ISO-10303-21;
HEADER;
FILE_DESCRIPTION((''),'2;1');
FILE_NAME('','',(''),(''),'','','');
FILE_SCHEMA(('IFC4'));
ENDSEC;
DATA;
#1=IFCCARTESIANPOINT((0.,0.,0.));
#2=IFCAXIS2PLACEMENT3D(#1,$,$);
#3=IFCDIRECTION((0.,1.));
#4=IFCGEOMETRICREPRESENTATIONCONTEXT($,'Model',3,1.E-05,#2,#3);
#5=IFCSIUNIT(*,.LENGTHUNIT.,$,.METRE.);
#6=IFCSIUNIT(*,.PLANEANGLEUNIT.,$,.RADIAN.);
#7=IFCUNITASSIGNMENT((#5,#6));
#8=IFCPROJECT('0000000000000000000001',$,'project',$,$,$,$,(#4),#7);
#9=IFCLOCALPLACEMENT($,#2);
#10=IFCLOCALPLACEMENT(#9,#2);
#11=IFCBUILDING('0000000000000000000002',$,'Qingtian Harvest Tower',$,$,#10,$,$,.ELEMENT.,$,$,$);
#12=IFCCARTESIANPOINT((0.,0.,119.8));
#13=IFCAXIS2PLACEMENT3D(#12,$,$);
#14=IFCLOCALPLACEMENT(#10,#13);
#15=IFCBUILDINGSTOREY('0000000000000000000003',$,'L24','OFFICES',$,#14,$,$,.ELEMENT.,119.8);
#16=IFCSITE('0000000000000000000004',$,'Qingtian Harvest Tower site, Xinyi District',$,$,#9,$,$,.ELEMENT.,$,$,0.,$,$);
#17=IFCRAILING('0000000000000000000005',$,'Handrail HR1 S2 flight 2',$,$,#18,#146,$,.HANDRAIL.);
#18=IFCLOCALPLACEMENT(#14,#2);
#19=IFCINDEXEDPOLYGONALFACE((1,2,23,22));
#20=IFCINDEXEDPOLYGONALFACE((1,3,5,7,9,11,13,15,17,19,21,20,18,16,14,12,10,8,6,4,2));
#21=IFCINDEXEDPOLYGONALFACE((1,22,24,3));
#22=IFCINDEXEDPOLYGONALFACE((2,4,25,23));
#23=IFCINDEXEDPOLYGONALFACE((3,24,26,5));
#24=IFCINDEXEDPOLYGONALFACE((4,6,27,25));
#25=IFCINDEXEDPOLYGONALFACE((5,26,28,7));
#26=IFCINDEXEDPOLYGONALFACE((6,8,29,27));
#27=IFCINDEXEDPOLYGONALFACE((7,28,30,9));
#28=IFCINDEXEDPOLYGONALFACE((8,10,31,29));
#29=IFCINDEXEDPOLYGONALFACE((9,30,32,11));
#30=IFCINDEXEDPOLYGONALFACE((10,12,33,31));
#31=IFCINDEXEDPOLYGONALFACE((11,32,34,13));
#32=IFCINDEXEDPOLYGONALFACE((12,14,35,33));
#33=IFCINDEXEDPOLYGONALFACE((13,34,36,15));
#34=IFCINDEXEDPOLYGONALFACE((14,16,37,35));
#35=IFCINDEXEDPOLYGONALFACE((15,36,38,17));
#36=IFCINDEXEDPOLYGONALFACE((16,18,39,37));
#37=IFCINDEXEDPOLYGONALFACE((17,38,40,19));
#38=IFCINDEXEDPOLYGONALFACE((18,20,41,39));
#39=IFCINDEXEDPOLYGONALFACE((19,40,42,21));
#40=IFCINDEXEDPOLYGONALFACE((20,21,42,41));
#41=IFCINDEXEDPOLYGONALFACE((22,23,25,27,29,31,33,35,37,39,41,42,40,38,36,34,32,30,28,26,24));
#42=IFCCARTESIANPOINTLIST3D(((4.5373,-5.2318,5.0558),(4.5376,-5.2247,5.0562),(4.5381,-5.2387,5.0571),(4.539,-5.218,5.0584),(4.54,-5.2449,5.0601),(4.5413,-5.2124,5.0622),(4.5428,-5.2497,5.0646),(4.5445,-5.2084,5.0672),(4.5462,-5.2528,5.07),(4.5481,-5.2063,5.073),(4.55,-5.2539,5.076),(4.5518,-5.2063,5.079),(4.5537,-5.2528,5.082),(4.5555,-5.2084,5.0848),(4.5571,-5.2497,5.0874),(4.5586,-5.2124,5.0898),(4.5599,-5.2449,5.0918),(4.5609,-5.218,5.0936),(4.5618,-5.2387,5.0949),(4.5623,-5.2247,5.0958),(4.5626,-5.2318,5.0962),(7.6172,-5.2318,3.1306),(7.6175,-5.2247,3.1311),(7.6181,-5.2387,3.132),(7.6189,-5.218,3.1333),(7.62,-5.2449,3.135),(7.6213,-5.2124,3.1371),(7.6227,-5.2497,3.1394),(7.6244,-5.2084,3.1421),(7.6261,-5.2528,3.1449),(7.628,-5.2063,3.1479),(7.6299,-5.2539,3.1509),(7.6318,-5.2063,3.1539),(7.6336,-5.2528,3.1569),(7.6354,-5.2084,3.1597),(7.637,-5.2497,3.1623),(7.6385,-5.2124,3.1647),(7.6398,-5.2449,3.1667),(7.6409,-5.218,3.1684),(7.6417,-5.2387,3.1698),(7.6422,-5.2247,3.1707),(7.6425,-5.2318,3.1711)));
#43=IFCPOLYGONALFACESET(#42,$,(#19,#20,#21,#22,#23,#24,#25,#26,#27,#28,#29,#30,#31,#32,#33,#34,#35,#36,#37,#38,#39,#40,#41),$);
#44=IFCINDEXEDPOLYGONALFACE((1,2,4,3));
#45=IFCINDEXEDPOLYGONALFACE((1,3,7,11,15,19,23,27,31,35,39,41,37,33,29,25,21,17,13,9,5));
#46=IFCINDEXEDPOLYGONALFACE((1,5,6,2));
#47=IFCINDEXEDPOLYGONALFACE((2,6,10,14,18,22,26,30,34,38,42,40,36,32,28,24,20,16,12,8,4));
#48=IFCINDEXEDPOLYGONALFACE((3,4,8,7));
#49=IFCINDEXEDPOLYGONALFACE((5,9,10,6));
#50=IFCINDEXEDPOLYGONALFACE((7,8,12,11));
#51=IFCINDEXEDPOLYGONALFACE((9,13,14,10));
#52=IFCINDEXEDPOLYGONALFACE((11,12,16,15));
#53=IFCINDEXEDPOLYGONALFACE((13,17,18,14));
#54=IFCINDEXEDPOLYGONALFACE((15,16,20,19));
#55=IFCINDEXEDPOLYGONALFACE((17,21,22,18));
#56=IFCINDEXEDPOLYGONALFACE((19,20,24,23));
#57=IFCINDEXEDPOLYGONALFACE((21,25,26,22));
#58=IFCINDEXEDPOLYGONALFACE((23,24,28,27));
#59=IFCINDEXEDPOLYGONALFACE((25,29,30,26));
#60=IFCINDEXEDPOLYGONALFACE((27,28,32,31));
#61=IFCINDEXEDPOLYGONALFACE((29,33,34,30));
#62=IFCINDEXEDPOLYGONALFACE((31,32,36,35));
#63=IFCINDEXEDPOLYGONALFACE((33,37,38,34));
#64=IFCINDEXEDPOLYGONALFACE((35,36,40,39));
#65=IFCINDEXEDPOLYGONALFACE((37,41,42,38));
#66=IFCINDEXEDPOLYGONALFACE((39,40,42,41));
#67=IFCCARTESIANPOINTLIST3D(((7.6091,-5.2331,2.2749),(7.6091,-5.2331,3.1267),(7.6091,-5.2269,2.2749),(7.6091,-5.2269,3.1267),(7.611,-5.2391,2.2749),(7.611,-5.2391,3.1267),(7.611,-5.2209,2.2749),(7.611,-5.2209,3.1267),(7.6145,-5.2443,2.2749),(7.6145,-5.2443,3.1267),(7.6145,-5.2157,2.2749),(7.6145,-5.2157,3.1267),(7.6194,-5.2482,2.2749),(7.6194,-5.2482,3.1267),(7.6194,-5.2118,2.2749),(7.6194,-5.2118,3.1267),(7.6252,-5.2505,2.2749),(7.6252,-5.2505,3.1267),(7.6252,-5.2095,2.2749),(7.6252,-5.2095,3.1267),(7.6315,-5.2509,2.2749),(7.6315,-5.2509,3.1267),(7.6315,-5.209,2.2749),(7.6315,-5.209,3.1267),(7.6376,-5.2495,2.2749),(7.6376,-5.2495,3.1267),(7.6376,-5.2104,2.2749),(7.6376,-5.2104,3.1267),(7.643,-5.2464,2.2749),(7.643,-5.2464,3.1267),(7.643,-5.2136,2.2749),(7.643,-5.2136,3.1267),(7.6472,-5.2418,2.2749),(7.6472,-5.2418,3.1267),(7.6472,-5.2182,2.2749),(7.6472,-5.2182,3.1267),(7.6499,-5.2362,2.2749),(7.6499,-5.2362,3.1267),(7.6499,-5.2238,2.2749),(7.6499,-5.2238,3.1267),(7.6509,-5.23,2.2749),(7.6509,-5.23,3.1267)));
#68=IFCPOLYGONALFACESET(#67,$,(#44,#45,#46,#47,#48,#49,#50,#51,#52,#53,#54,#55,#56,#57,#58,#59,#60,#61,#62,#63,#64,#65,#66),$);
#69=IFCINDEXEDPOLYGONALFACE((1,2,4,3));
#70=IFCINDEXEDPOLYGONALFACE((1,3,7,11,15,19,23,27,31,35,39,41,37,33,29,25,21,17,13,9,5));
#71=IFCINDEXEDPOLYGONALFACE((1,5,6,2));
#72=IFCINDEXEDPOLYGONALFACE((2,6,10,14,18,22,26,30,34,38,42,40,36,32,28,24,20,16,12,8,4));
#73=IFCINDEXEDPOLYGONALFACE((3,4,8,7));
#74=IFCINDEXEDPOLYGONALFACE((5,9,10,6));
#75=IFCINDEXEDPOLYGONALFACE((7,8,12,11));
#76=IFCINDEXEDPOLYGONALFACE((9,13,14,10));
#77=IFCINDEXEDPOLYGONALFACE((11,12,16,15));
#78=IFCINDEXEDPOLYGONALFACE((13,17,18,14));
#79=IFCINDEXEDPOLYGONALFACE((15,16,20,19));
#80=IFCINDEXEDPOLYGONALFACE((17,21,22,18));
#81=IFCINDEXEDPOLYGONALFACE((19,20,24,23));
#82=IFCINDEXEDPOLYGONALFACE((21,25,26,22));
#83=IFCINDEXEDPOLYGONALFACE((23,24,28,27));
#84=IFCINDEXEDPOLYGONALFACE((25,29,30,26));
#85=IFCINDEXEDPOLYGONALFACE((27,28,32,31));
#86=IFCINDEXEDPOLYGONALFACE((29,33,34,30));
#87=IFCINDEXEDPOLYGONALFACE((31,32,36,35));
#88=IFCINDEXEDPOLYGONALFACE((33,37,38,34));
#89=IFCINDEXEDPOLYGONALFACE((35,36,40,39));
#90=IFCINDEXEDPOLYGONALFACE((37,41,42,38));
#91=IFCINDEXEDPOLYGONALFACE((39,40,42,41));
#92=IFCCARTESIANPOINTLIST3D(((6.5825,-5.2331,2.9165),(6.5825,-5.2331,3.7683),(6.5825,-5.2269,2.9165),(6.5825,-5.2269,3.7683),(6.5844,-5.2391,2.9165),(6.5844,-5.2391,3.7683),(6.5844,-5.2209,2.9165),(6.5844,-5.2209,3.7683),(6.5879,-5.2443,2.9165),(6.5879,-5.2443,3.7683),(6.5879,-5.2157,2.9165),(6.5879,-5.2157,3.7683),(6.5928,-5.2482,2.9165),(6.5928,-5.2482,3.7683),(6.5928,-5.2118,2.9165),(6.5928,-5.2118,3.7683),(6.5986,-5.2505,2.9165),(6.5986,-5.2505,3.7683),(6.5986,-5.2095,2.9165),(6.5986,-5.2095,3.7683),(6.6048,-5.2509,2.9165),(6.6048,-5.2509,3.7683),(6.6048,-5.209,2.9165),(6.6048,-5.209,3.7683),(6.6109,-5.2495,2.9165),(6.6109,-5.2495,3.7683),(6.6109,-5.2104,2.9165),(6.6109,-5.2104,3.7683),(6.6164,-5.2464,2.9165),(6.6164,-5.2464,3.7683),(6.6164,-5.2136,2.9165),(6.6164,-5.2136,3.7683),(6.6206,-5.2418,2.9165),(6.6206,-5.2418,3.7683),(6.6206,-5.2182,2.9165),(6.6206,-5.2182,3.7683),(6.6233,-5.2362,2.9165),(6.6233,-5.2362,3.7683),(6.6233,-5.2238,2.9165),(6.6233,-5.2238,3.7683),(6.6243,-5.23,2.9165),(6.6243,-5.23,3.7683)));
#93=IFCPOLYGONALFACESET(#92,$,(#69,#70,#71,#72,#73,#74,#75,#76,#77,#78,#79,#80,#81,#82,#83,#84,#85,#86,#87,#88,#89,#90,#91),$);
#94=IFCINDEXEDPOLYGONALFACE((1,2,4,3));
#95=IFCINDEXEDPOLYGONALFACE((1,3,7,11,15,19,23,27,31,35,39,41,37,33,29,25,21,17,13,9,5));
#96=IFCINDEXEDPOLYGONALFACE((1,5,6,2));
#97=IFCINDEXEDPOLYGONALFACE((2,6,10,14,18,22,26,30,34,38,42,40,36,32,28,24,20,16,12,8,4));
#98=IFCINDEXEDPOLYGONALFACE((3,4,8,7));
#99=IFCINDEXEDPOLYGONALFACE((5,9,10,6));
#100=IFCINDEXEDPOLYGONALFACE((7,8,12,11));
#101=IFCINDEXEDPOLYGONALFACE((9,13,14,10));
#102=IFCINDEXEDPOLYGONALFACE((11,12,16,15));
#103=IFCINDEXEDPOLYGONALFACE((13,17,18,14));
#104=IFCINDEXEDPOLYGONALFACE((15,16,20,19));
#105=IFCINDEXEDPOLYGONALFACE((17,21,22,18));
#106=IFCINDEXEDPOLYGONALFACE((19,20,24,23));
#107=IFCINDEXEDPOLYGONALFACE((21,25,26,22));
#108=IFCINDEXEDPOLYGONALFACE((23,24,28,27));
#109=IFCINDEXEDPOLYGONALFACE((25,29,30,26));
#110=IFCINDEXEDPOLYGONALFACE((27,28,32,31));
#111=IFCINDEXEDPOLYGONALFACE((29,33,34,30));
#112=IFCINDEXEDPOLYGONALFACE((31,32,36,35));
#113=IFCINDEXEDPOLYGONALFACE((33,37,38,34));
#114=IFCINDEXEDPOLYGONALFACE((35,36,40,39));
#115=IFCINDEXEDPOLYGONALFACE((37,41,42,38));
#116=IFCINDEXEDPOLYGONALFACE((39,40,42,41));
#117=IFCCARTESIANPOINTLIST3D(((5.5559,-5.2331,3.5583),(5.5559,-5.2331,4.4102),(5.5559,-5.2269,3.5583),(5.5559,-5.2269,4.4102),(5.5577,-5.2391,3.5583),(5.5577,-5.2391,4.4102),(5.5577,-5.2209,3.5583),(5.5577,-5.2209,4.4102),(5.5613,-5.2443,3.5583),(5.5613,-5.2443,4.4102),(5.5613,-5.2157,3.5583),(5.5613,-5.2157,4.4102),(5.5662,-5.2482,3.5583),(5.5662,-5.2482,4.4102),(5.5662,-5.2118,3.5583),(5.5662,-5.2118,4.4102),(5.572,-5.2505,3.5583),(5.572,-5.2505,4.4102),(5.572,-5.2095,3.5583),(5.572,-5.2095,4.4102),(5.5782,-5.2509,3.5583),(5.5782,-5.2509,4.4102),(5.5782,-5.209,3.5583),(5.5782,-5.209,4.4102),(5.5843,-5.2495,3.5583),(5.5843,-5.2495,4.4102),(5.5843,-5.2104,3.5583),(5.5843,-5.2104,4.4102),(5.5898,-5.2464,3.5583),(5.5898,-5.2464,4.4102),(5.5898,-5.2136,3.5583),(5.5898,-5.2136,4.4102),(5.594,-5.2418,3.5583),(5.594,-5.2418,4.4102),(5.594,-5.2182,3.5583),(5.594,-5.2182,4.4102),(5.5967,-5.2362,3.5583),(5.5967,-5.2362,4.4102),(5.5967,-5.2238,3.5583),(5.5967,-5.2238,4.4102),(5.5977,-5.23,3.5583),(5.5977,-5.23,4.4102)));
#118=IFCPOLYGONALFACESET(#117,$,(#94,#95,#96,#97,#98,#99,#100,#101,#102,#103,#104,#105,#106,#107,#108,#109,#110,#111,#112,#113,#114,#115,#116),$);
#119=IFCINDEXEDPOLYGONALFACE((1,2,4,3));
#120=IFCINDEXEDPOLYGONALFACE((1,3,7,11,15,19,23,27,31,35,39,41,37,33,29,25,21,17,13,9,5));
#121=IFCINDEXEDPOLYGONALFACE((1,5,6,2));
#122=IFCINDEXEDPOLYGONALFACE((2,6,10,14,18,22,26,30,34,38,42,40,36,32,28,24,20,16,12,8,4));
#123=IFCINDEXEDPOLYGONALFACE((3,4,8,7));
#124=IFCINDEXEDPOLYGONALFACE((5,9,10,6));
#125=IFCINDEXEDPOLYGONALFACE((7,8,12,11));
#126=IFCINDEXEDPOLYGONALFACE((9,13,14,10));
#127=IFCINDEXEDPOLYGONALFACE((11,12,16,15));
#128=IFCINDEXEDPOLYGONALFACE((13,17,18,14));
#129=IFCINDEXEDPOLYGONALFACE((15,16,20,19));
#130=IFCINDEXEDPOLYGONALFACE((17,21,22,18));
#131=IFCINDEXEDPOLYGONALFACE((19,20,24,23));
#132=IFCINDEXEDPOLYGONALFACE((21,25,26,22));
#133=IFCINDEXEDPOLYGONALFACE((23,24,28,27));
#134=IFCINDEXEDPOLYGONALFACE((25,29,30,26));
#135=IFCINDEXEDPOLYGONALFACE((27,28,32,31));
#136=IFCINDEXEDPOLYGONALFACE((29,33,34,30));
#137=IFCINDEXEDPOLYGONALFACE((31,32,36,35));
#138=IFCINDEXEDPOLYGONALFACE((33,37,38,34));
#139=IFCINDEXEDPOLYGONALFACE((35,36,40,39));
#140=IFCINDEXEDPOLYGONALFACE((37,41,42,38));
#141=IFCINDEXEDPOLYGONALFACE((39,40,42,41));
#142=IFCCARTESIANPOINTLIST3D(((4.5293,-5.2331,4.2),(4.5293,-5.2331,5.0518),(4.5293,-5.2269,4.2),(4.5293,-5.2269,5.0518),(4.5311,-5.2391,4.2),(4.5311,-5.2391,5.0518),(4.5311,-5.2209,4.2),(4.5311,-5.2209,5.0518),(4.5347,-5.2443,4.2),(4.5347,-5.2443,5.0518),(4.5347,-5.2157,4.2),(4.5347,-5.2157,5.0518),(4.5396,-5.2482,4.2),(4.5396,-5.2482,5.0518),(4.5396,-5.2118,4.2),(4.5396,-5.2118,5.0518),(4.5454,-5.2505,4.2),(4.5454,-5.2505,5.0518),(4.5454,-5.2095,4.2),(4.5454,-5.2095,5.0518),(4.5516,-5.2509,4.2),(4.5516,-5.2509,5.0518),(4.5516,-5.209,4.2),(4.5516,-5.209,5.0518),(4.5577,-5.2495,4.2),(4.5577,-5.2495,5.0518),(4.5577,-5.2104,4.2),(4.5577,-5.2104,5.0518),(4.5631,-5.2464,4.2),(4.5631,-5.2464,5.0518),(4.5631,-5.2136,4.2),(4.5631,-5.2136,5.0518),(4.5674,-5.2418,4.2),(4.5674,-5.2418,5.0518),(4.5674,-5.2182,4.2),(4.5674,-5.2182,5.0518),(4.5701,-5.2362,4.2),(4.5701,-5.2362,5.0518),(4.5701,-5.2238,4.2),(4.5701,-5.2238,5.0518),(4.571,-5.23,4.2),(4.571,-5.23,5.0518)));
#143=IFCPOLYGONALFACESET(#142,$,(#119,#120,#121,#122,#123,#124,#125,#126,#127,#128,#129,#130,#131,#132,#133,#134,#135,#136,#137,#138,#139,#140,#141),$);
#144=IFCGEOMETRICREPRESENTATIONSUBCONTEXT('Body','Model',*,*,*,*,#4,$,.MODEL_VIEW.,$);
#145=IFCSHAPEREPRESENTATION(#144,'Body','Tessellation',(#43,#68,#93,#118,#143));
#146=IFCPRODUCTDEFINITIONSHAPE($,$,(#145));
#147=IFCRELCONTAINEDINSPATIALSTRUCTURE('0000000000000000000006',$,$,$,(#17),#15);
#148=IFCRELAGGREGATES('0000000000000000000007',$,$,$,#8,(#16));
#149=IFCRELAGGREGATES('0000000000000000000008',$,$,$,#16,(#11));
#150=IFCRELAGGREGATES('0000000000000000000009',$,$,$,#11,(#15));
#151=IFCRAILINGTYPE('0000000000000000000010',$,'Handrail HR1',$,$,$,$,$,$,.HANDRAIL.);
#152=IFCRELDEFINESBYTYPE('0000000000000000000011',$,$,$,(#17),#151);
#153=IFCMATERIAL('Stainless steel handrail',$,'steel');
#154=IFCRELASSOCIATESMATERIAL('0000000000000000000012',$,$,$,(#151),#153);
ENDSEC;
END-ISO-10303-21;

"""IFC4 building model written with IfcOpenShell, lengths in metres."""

from ifc_helpers import new_model, si_unit, direction, frame, origin, origin_2d, place, context, subcontext, project, spatial, circle, extrude, material, type_object, element, save


model = new_model("IFC4")

# Units and contexts
model_context = context("Model", 3, precision=1e-05, world=origin(), true_north=direction((0.0, 1.0)))
body_context = subcontext(model_context, "Body", "Model", "MODEL_VIEW")
ifc_project = project(units=[si_unit("LENGTHUNIT", "METRE"), si_unit("PLANEANGLEUNIT", "RADIAN")], contexts=[model_context])

# Site, building, storey
site_placement = place(None, origin())
site = spatial("IfcSite", under=ifc_project, at=site_placement, Name="Qingtian Harvest Tower site, Xinyi District", CompositionType="ELEMENT", RefElevation=0.0)
building_placement = place(site_placement, origin())
building = spatial("IfcBuilding", under=site, at=building_placement, Name="Qingtian Harvest Tower", CompositionType="ELEMENT")
storey_placement = place(building_placement, frame((0.0, 0.0, 119.8)))
storey = spatial("IfcBuildingStorey", under=building, at=storey_placement, Name="L24", Description="OFFICES", CompositionType="ELEMENT", Elevation=119.8)

# Railing
ifc_material_1 = material(Name="Stainless steel handrail", Category="steel")
railing_type = type_object("IfcRailingType", Name="Handrail HR1", PredefinedType="HANDRAIL", material=ifc_material_1)
railing_1_placement = place(storey_placement, frame((7.6299, -5.23, 2.2749)))
element("IfcRailing", 1, at=railing_1_placement, inside=storey, type_object=railing_type, Name="Handrail HR1 S2 flight 2", PredefinedType="HANDRAIL", context=body_context, shape_type="SweptSolid", body=[
    extrude(circle(Radius=0.0239, at=origin_2d()), frame((0.0, 0.0, 0.876), z_axis=(-0.847979, 0.0, 0.530029), x_axis=(0.0, -1.0, 0.0)), (0.0, 0.0, 1.0), 3.6321),
    extrude(circle(Radius=0.021, at=origin_2d()), origin(), (0.0, 0.0, 1.0), 0.8518),
    extrude(circle(Radius=0.021, at=origin_2d()), frame((-1.0266, 0.0, 0.6416)), (0.0, 0.0, 1.0), 0.8518),
    extrude(circle(Radius=0.021, at=origin_2d()), frame((-2.0532, 0.0, 1.2834)), (0.0, 0.0, 1.0), 0.8518),
    extrude(circle(Radius=0.021, at=origin_2d()), frame((-3.0798, 0.0, 1.925)), (0.0, 0.0, 1.0), 0.8518),
])

save(model, "model.ifc")
